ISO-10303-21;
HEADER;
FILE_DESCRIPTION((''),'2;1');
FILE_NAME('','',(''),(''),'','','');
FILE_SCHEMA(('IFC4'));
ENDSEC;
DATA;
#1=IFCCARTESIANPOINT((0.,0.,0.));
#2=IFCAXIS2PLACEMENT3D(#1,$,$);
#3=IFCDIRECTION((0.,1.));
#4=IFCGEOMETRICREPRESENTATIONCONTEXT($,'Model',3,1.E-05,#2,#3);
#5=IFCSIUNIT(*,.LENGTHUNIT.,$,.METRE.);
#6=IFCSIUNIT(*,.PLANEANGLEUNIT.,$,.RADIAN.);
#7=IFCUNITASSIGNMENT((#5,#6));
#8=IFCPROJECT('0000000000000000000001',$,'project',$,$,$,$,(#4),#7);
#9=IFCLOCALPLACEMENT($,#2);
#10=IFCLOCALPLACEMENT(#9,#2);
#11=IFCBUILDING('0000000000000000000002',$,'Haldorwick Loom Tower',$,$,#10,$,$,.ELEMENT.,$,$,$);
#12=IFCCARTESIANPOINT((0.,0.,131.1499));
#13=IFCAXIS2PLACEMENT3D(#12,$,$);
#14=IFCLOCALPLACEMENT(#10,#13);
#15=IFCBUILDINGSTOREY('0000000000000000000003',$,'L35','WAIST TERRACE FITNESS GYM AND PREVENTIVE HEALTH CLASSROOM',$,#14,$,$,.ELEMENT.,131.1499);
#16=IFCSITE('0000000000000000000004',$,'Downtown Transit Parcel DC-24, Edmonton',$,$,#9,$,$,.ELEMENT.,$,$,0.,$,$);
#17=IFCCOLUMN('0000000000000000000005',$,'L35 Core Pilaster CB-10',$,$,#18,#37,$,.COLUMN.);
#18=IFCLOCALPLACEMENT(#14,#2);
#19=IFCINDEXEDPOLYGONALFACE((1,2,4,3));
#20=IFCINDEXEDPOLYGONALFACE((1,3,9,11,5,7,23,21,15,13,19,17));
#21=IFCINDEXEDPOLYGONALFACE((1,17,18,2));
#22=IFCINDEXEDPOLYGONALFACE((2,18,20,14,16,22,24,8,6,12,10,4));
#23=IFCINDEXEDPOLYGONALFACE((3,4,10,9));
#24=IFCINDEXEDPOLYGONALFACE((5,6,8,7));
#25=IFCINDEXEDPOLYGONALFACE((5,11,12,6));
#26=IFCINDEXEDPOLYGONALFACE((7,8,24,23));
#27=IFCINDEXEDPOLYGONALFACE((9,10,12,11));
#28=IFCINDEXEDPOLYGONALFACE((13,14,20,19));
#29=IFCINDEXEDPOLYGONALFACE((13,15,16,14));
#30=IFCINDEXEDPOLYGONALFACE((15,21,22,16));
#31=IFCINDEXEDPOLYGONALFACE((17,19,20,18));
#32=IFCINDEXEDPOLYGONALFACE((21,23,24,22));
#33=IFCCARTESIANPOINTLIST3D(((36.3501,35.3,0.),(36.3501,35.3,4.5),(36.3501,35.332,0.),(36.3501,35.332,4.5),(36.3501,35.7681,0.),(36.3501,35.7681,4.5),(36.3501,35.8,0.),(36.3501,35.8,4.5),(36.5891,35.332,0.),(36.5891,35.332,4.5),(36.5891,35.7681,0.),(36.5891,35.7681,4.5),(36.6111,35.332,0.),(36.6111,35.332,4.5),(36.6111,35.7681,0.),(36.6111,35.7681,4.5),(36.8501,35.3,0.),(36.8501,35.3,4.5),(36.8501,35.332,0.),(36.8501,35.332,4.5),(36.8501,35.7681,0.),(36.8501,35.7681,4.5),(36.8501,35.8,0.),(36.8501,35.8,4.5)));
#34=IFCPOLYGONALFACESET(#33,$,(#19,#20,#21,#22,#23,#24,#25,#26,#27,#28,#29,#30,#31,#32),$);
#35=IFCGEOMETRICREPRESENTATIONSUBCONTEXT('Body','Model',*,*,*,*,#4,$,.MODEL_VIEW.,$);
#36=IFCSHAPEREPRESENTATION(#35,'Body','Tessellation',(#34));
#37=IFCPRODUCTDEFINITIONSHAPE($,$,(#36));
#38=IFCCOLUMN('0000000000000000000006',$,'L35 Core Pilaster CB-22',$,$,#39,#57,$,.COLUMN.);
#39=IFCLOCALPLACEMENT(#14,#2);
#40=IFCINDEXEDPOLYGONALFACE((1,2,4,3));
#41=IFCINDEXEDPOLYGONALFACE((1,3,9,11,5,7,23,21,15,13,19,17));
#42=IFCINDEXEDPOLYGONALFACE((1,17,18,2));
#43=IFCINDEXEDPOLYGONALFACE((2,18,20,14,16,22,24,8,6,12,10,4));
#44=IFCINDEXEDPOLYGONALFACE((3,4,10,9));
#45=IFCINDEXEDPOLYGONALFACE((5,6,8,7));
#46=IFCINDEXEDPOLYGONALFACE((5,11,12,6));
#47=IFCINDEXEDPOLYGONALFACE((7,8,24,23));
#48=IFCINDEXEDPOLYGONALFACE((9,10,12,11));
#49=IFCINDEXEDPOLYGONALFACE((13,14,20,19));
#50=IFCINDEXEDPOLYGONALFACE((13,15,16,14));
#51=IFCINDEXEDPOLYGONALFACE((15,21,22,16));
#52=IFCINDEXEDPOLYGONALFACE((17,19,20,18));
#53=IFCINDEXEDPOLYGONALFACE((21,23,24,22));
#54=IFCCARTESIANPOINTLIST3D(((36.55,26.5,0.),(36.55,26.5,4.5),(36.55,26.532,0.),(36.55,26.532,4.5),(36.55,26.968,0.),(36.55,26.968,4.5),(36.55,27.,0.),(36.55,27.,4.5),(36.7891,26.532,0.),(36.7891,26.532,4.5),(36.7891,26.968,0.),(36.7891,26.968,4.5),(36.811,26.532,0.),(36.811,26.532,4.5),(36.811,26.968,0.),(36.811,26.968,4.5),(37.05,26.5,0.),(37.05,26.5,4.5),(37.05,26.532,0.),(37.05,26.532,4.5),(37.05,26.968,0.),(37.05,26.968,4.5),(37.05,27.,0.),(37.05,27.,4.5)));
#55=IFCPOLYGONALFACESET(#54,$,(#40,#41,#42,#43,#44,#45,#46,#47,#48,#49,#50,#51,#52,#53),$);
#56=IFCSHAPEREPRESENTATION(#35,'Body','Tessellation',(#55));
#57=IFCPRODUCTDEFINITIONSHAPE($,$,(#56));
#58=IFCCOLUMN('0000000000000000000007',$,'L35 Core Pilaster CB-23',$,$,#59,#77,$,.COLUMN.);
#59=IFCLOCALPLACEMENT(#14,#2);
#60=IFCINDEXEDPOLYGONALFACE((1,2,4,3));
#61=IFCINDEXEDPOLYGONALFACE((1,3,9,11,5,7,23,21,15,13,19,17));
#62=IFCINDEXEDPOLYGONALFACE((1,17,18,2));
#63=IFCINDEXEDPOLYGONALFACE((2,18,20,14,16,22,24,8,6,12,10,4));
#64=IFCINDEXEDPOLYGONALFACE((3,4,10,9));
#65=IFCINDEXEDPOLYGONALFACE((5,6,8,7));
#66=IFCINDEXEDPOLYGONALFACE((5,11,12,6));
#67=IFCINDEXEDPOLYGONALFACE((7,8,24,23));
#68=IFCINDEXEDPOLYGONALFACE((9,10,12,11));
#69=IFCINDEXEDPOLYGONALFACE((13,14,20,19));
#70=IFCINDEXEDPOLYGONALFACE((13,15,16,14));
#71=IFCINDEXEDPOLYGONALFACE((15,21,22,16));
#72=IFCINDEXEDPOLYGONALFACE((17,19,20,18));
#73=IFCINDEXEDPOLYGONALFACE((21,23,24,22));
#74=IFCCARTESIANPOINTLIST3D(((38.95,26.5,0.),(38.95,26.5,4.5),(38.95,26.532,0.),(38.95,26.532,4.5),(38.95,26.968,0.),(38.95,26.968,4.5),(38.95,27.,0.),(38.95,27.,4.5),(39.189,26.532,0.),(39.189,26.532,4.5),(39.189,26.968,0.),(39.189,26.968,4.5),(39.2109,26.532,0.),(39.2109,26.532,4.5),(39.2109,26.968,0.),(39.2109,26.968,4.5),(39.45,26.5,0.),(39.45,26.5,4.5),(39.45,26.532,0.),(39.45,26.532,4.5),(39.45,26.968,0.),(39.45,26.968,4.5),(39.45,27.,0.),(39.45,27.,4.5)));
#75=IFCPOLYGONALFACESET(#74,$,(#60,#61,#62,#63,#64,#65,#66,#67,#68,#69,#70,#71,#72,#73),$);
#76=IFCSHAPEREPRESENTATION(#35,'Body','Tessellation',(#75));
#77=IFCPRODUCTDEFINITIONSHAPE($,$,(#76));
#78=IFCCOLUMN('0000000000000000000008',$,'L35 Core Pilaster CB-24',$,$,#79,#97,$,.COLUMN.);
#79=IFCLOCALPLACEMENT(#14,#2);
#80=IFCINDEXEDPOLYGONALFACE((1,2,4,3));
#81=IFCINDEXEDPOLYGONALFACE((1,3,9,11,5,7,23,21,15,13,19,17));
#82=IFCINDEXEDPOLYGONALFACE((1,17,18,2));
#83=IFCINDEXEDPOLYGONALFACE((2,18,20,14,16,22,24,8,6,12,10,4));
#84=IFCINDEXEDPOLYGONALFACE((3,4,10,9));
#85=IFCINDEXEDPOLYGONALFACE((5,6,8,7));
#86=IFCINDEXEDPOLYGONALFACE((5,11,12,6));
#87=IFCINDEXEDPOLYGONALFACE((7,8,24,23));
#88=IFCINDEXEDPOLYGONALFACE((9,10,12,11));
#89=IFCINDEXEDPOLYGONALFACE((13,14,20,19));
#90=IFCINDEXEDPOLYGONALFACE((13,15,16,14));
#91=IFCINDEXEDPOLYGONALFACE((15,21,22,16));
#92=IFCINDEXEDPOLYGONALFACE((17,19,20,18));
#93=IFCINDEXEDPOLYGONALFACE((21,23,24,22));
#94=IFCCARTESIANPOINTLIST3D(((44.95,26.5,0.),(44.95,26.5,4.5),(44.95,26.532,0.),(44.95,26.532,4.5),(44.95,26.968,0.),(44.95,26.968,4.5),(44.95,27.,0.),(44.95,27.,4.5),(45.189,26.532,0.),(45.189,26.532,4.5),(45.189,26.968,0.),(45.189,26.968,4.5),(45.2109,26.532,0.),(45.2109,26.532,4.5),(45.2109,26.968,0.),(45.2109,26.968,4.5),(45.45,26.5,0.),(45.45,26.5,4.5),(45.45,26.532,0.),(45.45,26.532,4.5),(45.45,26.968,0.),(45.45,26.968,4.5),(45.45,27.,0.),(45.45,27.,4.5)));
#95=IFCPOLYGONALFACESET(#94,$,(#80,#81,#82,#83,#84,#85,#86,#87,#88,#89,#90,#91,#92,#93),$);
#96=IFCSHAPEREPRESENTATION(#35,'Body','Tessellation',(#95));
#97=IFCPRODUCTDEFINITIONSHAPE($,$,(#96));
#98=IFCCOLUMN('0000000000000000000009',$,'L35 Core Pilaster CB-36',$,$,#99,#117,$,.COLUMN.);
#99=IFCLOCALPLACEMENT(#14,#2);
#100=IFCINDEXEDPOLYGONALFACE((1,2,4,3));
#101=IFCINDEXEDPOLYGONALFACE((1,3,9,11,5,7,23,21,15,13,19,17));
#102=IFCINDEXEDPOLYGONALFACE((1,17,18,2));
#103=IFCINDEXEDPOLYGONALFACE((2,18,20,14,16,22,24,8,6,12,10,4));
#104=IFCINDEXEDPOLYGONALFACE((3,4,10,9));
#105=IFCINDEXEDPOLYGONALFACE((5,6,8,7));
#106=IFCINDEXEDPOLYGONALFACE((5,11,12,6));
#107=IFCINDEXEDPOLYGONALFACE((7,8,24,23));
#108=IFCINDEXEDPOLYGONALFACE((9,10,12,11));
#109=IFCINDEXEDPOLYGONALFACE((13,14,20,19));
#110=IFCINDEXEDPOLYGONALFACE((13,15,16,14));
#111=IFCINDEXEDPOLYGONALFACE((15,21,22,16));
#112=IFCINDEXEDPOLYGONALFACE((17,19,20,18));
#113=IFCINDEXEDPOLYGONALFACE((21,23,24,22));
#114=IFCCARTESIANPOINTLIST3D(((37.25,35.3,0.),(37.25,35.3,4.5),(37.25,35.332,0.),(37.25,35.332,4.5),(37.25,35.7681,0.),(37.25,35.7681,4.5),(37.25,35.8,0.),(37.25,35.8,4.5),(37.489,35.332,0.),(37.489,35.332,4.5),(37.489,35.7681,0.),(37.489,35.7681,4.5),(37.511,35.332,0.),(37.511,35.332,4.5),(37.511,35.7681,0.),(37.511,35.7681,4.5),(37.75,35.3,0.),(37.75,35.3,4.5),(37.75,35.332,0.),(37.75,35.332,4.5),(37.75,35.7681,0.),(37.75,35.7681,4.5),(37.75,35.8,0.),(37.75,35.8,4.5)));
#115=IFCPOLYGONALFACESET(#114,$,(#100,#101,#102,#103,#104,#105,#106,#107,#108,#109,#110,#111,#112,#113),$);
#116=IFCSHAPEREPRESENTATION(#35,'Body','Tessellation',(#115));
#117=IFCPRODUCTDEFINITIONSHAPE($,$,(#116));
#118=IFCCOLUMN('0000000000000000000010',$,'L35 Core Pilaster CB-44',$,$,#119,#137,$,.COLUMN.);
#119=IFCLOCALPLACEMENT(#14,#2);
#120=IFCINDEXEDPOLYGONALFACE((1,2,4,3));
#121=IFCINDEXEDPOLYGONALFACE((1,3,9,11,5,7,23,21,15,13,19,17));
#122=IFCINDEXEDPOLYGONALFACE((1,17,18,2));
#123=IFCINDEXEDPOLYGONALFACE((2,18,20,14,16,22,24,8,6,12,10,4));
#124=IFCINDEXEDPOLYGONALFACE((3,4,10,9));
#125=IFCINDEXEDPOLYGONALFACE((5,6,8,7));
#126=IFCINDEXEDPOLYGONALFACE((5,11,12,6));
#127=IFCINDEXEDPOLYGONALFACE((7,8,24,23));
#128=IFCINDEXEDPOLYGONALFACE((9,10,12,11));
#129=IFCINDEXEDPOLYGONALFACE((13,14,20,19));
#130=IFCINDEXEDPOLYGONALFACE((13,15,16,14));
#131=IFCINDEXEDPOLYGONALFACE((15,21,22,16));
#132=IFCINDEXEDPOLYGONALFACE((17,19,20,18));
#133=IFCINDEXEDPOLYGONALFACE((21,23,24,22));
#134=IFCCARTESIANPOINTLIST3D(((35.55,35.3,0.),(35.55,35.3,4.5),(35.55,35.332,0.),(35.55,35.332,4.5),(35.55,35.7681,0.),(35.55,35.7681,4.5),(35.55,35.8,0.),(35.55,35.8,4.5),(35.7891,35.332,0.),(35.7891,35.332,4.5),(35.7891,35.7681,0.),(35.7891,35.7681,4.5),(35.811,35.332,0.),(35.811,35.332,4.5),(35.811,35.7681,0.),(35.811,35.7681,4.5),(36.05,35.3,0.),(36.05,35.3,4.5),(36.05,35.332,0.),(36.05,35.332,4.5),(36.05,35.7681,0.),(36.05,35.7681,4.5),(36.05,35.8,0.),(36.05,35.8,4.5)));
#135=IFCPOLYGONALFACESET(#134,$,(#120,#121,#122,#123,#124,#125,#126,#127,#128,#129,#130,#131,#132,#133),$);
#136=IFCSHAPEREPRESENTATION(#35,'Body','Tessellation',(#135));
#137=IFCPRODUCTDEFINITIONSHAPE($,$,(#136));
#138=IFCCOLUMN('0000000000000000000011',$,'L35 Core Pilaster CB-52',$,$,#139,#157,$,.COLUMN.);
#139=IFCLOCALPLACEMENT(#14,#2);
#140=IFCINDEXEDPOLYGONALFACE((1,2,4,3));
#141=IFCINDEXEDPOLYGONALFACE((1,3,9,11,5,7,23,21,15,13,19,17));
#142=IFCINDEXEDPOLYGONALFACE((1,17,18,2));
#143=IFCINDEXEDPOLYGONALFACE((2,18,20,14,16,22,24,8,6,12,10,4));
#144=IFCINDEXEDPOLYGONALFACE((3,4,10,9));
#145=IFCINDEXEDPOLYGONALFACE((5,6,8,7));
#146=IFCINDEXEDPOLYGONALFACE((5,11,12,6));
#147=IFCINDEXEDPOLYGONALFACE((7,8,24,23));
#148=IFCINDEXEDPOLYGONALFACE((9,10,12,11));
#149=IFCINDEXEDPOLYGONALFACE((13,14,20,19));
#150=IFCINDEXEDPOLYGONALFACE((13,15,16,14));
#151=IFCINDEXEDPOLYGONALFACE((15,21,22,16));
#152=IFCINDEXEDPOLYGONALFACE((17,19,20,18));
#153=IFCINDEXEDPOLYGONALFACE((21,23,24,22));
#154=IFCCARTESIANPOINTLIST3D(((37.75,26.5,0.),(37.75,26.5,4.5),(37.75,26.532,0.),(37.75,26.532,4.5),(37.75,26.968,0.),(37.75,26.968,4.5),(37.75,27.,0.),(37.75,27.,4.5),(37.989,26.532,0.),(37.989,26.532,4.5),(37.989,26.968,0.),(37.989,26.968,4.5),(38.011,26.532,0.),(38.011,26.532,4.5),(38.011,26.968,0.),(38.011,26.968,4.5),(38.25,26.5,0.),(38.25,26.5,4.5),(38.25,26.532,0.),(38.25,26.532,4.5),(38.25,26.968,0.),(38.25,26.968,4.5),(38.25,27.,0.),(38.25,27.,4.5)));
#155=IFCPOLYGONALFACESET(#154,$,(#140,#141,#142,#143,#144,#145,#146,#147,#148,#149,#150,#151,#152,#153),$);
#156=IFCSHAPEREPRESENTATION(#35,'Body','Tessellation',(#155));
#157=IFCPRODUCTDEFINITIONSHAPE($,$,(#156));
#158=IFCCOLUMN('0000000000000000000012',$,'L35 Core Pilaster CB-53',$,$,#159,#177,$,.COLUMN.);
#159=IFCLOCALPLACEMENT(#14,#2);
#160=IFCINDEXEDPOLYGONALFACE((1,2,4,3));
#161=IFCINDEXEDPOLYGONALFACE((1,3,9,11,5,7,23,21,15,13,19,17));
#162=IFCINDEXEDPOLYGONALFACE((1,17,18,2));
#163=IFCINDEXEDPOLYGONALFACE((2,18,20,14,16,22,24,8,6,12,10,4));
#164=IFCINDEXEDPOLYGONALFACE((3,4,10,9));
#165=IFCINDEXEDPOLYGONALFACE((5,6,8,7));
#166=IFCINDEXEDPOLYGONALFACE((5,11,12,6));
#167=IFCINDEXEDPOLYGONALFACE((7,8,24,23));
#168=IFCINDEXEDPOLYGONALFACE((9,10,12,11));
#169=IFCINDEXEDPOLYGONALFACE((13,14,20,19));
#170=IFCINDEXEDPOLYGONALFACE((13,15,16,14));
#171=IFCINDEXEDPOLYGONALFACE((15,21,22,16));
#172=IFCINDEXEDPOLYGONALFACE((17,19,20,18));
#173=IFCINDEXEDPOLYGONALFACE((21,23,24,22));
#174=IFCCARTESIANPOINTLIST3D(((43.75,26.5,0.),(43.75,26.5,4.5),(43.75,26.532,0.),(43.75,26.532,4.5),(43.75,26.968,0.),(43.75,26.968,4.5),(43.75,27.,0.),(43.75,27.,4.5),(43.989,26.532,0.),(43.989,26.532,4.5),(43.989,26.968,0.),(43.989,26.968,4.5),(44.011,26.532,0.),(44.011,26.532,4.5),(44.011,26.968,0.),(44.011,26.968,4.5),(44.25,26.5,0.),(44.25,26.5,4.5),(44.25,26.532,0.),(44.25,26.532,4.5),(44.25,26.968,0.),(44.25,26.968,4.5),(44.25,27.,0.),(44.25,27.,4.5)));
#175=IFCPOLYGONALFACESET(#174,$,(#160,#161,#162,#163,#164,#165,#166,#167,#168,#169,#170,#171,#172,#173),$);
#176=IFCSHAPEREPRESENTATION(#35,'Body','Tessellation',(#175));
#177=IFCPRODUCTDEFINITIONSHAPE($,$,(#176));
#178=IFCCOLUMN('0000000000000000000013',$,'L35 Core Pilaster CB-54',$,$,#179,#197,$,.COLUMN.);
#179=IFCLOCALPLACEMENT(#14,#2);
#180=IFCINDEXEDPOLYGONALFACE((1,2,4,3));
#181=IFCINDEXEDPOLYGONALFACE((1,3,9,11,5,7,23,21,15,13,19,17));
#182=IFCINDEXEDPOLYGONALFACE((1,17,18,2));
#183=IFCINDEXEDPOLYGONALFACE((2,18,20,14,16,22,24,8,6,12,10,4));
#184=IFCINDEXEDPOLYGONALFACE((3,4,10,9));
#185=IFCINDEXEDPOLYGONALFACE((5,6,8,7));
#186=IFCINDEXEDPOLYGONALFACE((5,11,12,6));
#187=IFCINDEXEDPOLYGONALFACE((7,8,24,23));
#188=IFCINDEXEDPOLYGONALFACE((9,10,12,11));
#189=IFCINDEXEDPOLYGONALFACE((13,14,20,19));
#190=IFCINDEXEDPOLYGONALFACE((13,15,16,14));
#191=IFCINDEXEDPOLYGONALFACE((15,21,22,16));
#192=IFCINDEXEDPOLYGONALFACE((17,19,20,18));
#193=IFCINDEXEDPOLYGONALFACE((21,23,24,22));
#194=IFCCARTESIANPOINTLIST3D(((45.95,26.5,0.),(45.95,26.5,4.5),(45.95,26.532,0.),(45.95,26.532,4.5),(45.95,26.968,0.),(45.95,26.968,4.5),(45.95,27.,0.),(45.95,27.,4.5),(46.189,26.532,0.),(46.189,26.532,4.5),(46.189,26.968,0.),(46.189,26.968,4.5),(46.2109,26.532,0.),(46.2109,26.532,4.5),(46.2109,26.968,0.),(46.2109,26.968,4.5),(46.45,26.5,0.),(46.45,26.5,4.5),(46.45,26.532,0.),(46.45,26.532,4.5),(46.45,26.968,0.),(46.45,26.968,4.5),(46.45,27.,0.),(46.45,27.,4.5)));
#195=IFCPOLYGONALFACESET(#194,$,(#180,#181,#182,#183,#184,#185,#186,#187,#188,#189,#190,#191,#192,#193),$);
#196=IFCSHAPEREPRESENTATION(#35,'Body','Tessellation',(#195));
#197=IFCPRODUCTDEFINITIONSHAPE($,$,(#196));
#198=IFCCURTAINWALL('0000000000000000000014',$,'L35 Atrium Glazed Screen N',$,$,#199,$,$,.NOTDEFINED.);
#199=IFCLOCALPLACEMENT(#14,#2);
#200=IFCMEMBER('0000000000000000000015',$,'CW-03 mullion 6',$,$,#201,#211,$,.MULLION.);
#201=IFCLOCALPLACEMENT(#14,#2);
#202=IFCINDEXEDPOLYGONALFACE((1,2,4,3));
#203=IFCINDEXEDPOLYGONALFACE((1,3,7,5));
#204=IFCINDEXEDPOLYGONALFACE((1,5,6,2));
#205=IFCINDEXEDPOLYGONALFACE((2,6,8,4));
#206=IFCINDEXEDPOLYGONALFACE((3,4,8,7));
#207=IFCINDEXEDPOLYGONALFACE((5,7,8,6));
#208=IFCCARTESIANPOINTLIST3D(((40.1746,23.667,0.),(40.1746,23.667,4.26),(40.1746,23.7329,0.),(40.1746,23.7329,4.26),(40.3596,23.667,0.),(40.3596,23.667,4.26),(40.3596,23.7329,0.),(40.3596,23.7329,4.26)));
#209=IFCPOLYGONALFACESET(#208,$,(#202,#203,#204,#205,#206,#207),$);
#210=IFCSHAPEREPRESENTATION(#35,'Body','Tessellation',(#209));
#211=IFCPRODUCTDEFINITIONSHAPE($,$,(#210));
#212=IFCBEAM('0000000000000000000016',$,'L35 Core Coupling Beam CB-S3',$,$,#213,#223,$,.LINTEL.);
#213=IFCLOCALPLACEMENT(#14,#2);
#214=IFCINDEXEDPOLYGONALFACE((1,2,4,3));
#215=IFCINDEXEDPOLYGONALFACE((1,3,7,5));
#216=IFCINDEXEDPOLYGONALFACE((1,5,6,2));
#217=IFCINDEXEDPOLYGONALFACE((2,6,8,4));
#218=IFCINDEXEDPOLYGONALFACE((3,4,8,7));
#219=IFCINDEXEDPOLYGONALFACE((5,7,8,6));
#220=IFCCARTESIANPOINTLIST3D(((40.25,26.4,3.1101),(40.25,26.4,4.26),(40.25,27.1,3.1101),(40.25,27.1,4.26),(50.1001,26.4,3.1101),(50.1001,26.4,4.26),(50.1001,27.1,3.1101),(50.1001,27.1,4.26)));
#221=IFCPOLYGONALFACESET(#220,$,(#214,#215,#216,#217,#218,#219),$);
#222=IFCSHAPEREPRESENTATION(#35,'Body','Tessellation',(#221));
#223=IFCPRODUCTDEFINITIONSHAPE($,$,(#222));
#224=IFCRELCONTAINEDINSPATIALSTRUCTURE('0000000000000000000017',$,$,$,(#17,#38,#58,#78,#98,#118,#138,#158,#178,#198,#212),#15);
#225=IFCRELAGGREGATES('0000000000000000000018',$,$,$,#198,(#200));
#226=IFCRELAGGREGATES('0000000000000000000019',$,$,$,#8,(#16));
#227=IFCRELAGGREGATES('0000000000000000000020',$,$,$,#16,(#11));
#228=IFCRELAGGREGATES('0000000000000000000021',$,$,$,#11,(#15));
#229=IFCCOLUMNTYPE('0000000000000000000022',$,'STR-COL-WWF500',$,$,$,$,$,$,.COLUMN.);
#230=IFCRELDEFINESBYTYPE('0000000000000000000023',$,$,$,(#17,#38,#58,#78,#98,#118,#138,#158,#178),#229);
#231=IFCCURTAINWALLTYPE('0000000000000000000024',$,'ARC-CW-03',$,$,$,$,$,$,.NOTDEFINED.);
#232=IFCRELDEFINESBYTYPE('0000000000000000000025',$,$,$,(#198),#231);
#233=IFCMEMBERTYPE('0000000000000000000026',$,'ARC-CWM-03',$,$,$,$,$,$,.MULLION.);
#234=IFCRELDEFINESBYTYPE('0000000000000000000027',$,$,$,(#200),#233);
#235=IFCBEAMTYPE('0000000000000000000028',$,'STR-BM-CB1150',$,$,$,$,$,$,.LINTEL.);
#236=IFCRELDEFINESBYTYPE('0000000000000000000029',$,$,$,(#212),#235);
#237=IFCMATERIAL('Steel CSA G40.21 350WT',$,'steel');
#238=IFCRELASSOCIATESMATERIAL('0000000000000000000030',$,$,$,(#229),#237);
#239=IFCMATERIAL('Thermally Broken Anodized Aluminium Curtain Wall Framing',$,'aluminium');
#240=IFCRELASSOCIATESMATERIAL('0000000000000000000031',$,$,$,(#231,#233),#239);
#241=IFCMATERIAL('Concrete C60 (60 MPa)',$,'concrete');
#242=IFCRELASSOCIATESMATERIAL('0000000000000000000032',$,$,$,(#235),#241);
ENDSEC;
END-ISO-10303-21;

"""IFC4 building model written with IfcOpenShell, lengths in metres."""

from ifc_helpers import new_model, si_unit, direction, frame, origin, origin_2d, place, context, subcontext, project, spatial, rectangle, i_section, extrude, material, material_profile, profile_set, type_object, element, aggregate, save


model = new_model("IFC4")

# Units and contexts
model_context = context("Model", 3, precision=1e-05, world=origin(), true_north=direction((0.0, 1.0)))
body_context = subcontext(model_context, "Body", "Model", "MODEL_VIEW")
ifc_project = project(units=[si_unit("LENGTHUNIT", "METRE"), si_unit("PLANEANGLEUNIT", "RADIAN")], contexts=[model_context])

# Site, building, storey
site_placement = place(None, origin())
site = spatial("IfcSite", under=ifc_project, at=site_placement, Name="Downtown Transit Parcel DC-24, Edmonton", CompositionType="ELEMENT", RefElevation=0.0)
building_placement = place(site_placement, origin())
building = spatial("IfcBuilding", under=site, at=building_placement, Name="Haldorwick Loom Tower", CompositionType="ELEMENT")
storey_placement = place(building_placement, frame((0.0, 0.0, 131.1499)))
storey = spatial("IfcBuildingStorey", under=building, at=storey_placement, Name="L35", Description="WAIST TERRACE FITNESS GYM AND PREVENTIVE HEALTH CLASSROOM", CompositionType="ELEMENT", Elevation=131.1499)

# Columns
ifc_material_1 = material(Name="Steel CSA G40.21 350WT", Category="steel")
ifc_material_profile_1 = material_profile(ifc_material_1, i_section(OverallWidth=0.5, OverallDepth=0.5, WebThickness=0.022, FlangeThickness=0.032, at=origin_2d()), Name="WWF500X500", Category="steel")
ifc_profile_set_1 = profile_set([ifc_material_profile_1], Name="Steel CSA G40.21 350WT")
column_type = type_object("IfcColumnType", Name="STR-COL-WWF500", PredefinedType="COLUMN", material=ifc_profile_set_1)
for number, where, z_axis, x_axis, name in (
    (1, (36.6001, 35.55, 0.0), (0.0, 0.0, 1.0), (1.0, 0.0, 0.0), "L35 Core Pilaster CB-10"),
    (2, (36.8, 26.75, 0.0), (0.0, 0.0, 1.0), (1.0, 0.0, 0.0), "L35 Core Pilaster CB-22"),
    (3, (39.2, 26.75, 0.0), (0.0, 0.0, 1.0), (1.0, 0.0, 0.0), "L35 Core Pilaster CB-23"),
    (4, (45.2, 26.75, 0.0), (0.0, 0.0, 1.0), (1.0, 0.0, 0.0), "L35 Core Pilaster CB-24"),
    (5, (37.5, 35.55, 0.0), (0.0, 0.0, 1.0), (1.0, 0.0, 0.0), "L35 Core Pilaster CB-36"),
    (6, (35.8, 35.55, 0.0), (0.0, 0.0, 1.0), (1.0, 0.0, 0.0), "L35 Core Pilaster CB-44"),
    (7, (38.0, 26.75, 0.0), (0.0, 0.0, 1.0), (1.0, 0.0, 0.0), "L35 Core Pilaster CB-52"),
    (8, (44.0, 26.75, 0.0), (0.0, 0.0, 1.0), (1.0, 0.0, 0.0), "L35 Core Pilaster CB-53"),
    (9, (46.2, 26.75, 0.0), (0.0, 0.0, 1.0), (1.0, 0.0, 0.0), "L35 Core Pilaster CB-54"),
):
    element("IfcColumn", number, at=place(storey_placement, frame(where, z_axis=z_axis, x_axis=x_axis)), inside=storey, type_object=column_type, Name=name, PredefinedType="COLUMN", context=body_context, shape_type="SweptSolid", body=[
        extrude(i_section(OverallWidth=0.5, OverallDepth=0.5, WebThickness=0.022, FlangeThickness=0.032, at=origin_2d()), origin(), (0.0, 0.0, 1.0), 4.5),
    ])

# Curtain wall, member
ifc_material_2 = material(Name="Thermally Broken Anodized Aluminium Curtain Wall Framing", Category="aluminium")
curtain_wall_type = type_object("IfcCurtainWallType", Name="ARC-CW-03", PredefinedType="NOTDEFINED", material=ifc_material_2)
curtain_wall_placement = place(storey_placement, origin())
curtain_wall = element("IfcCurtainWall", 10, at=curtain_wall_placement, inside=storey, type_object=curtain_wall_type, Name="L35 Atrium Glazed Screen N", PredefinedType="NOTDEFINED")
ifc_material_profile_2 = material_profile(ifc_material_2, rectangle(XDim=0.0659, YDim=0.1851, at=origin_2d()), Name="ALU_MUL_66X185", Category="aluminium")
ifc_profile_set_2 = profile_set([ifc_material_profile_2], Name="Thermally Broken Anodized Aluminium Curtain Wall Framing")
member_type = type_object("IfcMemberType", Name="ARC-CWM-03", PredefinedType="MULLION", material=ifc_profile_set_2)
member_placement = place(storey_placement, frame((40.2671, 23.7, 0.0), z_axis=(0.0, 0.0, 1.0), x_axis=(0.0, 1.0, 0.0)))
member = element("IfcMember", 11, at=member_placement, type_object=member_type, Name="CW-03 mullion 6", PredefinedType="MULLION", context=body_context, shape_type="SweptSolid", body=[
    extrude(rectangle(XDim=0.0659, YDim=0.1851, at=origin_2d()), origin(), (0.0, 0.0, 1.0), 4.26),
])
aggregate(curtain_wall, [member])

# Beam
ifc_material_3 = material(Name="Concrete C60 (60 MPa)", Category="concrete")
ifc_material_profile_3 = material_profile(ifc_material_3, rectangle(XDim=0.7, YDim=1.1499, at=origin_2d()), Name="RC700X1150", Category="concrete")
ifc_profile_set_3 = profile_set([ifc_material_profile_3], Name="Concrete C60 (60 MPa)")
beam_type = type_object("IfcBeamType", Name="STR-BM-CB1150", PredefinedType="LINTEL", material=ifc_profile_set_3)
beam_placement = place(storey_placement, frame((40.25, 26.75, 3.6851), z_axis=(1.0, 0.0, 0.0), x_axis=(0.0, 1.0, 0.0)))
element("IfcBeam", 12, at=beam_placement, inside=storey, type_object=beam_type, Name="L35 Core Coupling Beam CB-S3", PredefinedType="LINTEL", context=body_context, shape_type="SweptSolid", body=[
    extrude(rectangle(XDim=0.7, YDim=1.1499, at=origin_2d()), origin(), (0.0, 0.0, 1.0), 9.8501),
])

save(model, "model.ifc")
